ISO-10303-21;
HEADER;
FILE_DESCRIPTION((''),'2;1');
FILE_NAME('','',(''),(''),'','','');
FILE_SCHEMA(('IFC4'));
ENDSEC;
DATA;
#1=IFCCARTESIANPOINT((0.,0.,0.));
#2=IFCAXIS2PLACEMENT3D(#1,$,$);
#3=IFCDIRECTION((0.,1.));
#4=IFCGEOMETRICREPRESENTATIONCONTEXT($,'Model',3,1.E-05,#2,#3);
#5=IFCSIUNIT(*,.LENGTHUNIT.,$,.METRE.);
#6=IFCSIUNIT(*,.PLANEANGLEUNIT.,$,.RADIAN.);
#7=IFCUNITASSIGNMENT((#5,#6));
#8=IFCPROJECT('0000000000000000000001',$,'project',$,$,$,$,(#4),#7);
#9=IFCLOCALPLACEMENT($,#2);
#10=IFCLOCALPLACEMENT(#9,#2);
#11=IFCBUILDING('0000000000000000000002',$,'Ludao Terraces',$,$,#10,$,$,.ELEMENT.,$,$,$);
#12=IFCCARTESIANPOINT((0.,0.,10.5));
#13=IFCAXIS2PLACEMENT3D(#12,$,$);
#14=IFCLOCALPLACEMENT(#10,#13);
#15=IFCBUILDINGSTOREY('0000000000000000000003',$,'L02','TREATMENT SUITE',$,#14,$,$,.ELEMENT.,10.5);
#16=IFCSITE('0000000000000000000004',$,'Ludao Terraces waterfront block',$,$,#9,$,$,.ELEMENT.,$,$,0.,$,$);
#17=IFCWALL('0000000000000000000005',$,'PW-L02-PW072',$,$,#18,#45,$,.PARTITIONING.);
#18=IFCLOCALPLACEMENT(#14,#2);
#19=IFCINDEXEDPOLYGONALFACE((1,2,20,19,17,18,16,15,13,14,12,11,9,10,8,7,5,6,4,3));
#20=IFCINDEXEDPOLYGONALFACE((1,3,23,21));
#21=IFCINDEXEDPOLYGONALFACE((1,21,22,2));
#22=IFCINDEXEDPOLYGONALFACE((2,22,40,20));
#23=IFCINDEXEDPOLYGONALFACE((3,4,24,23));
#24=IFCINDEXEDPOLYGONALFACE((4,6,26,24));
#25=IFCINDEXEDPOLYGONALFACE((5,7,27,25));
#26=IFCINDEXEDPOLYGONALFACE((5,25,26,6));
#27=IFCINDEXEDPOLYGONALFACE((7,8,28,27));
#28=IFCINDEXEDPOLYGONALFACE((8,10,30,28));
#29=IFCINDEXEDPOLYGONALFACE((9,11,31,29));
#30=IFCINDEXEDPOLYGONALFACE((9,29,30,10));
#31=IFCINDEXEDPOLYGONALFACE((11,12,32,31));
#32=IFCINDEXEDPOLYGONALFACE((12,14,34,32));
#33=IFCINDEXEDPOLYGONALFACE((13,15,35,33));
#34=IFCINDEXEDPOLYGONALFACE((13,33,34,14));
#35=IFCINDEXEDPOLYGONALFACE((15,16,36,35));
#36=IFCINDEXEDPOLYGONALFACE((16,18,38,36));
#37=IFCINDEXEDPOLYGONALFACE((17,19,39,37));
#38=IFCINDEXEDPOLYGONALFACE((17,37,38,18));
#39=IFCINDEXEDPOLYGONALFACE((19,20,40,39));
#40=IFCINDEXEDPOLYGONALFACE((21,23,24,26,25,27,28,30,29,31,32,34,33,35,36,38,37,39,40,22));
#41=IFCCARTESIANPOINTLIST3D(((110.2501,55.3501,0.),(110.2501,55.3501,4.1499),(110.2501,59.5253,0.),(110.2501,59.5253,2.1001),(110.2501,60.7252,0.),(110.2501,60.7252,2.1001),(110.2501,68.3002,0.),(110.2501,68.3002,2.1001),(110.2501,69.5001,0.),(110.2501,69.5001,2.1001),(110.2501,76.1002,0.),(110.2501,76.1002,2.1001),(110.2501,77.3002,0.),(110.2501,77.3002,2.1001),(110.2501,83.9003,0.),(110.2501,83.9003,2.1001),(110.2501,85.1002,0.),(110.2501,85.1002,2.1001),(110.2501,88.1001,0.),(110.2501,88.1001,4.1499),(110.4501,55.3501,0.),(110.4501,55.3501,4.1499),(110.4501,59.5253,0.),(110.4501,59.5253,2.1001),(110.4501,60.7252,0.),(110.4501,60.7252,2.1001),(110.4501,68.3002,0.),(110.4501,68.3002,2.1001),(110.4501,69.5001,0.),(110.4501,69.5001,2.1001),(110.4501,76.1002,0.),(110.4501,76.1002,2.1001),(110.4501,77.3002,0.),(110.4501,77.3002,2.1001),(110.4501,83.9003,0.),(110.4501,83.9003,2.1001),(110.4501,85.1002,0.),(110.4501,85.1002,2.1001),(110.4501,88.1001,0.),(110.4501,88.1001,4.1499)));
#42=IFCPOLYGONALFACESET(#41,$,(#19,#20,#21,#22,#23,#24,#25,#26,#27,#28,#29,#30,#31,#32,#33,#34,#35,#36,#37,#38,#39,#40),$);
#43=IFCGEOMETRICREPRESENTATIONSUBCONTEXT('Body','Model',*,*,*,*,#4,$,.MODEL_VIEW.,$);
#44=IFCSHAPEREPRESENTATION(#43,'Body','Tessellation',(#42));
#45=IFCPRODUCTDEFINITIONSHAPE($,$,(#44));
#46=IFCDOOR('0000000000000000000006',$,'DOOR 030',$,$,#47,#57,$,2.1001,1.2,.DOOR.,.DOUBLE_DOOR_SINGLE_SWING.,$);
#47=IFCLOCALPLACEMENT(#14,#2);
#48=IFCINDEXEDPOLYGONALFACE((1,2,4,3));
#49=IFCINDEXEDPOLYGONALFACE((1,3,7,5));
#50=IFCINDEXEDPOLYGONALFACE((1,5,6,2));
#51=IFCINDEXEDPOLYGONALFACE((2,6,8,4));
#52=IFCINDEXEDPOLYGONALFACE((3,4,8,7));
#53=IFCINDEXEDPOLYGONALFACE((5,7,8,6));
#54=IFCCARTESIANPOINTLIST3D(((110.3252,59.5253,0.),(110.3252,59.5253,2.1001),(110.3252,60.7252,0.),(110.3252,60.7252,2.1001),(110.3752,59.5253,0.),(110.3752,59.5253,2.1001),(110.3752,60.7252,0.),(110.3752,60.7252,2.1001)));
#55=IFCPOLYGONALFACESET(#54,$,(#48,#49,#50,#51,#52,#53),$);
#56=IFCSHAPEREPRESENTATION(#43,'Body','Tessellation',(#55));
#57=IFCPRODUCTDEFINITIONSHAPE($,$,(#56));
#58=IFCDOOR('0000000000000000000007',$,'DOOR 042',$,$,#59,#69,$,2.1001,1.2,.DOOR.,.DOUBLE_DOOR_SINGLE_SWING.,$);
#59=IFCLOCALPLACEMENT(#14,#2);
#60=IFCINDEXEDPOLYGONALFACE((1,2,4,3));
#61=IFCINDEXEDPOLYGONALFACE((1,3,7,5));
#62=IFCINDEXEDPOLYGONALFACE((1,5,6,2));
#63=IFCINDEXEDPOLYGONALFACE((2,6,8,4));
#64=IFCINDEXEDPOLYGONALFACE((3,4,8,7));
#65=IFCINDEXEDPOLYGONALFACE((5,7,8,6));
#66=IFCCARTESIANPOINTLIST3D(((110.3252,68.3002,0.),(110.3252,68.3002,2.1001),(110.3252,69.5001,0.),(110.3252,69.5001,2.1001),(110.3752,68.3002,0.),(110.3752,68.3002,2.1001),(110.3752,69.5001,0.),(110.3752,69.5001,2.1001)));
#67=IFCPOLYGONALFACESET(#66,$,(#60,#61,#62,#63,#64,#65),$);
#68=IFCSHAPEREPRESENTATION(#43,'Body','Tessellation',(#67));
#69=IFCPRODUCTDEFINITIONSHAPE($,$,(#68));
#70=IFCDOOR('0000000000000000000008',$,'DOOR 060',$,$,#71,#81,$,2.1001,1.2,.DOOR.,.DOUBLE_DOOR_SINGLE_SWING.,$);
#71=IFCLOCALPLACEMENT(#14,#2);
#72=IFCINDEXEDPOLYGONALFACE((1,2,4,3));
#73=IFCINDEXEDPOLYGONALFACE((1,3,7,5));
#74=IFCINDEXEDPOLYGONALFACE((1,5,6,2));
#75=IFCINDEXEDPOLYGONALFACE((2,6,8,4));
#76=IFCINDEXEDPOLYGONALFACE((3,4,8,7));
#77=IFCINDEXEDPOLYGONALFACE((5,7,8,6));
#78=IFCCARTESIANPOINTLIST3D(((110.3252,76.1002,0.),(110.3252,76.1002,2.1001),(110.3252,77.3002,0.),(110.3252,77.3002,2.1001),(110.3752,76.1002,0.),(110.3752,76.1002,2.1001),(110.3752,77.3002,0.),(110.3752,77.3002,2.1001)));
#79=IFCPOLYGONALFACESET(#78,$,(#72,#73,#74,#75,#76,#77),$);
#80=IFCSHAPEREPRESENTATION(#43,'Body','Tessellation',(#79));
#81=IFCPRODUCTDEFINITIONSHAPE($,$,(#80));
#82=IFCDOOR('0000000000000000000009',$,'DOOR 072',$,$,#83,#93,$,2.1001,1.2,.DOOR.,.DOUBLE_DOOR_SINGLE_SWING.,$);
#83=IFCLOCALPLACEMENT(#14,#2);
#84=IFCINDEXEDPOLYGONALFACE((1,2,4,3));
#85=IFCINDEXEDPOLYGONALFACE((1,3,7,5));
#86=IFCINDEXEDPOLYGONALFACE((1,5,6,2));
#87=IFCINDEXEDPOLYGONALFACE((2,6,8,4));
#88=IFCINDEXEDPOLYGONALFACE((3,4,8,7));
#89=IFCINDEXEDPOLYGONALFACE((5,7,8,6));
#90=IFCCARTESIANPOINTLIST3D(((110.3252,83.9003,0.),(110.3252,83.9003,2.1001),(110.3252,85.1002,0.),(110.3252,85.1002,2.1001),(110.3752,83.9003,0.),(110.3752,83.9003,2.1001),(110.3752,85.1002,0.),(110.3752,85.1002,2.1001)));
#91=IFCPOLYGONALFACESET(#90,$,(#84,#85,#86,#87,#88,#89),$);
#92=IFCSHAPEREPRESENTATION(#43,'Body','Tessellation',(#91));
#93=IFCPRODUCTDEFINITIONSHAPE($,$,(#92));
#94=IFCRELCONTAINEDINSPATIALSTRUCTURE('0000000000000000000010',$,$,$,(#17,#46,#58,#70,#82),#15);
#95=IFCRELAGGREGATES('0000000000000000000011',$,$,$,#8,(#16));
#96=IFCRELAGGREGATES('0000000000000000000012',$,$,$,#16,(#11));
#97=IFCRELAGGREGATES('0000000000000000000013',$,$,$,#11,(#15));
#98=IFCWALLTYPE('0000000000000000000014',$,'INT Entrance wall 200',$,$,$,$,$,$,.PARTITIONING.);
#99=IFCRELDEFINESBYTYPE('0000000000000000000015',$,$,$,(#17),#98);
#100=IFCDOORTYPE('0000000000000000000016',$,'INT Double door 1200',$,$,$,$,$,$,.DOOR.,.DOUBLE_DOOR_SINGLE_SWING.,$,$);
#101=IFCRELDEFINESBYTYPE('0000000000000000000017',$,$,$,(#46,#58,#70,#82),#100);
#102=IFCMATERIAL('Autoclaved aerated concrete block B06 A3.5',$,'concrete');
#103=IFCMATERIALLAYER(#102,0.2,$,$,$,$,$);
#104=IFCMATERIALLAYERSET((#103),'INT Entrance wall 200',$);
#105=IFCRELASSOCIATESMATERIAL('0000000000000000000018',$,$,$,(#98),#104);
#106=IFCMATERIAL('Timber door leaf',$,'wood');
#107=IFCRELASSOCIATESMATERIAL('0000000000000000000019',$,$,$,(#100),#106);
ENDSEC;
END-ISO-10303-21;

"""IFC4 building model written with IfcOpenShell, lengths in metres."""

from ifc_helpers import new_model, si_unit, direction, frame, frame_2d, origin, place, context, subcontext, project, spatial, rectangle, extrude, material, layer, layer_set, type_object, element, fill, save


model = new_model("IFC4")

# Units and contexts
model_context = context("Model", 3, precision=1e-05, world=origin(), true_north=direction((0.0, 1.0)))
body_context = subcontext(model_context, "Body", "Model", "MODEL_VIEW")
ifc_project = project(units=[si_unit("LENGTHUNIT", "METRE"), si_unit("PLANEANGLEUNIT", "RADIAN")], contexts=[model_context])

# Site, building, storey
site_placement = place(None, origin())
site = spatial("IfcSite", under=ifc_project, at=site_placement, Name="Ludao Terraces waterfront block", CompositionType="ELEMENT", RefElevation=0.0)
building_placement = place(site_placement, origin())
building = spatial("IfcBuilding", under=site, at=building_placement, Name="Ludao Terraces", CompositionType="ELEMENT")
storey_placement = place(building_placement, frame((0.0, 0.0, 10.5)))
storey = spatial("IfcBuildingStorey", under=building, at=storey_placement, Name="L02", Description="TREATMENT SUITE", CompositionType="ELEMENT", Elevation=10.5)

# Shared definitions
ifc_material_1 = material(Name="Autoclaved aerated concrete block B06 A3.5", Category="concrete")
ifc_layer_1 = layer(ifc_material_1, 0.2)
ifc_layer_set_1 = layer_set([ifc_layer_1], Name="INT Entrance wall 200")
wall_type_1 = type_object("IfcWallType", Name="INT Entrance wall 200", PredefinedType="PARTITIONING", material=ifc_layer_set_1)

# Wall, openings, doors
wall_1_placement = place(storey_placement, frame((110.3501, 55.3501, 0.0), z_axis=(0.0, 0.0, 1.0), x_axis=(0.0, 1.0, 0.0)))
wall_1 = element("IfcWall", 1, at=wall_1_placement, inside=storey, type_object=wall_type_1, Name="PW-L02-PW072", PredefinedType="PARTITIONING", context=body_context, shape_type="SweptSolid", body=[
    extrude(rectangle(XDim=32.75, YDim=0.2, at=frame_2d((16.375, 0.0))), origin(), (0.0, 0.0, 1.0), 4.1499),
])
opening_1_placement = place(wall_1_placement, frame((4.175, 0.0, 0.0)))
opening_1 = element("IfcOpeningElement", 2, at=opening_1_placement, cuts=wall_1, PredefinedType="OPENING", context=body_context, shape_type="SweptSolid", body=[
    extrude(rectangle(XDim=1.2, YDim=2.1001, at=frame_2d((0.6001, 1.05))), frame((0.0, 0.1099, 0.0), z_axis=(0.0, -1.0, 0.0), x_axis=(1.0, 0.0, 0.0)), (0.0, 0.0, 1.0), 0.22),
])
opening_2_placement = place(wall_1_placement, frame((12.95, 0.0, 0.0)))
opening_2 = element("IfcOpeningElement", 3, at=opening_2_placement, cuts=wall_1, PredefinedType="OPENING", context=body_context, shape_type="SweptSolid", body=[
    extrude(rectangle(XDim=1.2, YDim=2.1001, at=frame_2d((0.6001, 1.05))), frame((0.0, 0.1099, 0.0), z_axis=(0.0, -1.0, 0.0), x_axis=(1.0, 0.0, 0.0)), (0.0, 0.0, 1.0), 0.22),
])
opening_3_placement = place(wall_1_placement, frame((20.75, 0.0, 0.0)))
opening_3 = element("IfcOpeningElement", 4, at=opening_3_placement, cuts=wall_1, PredefinedType="OPENING", context=body_context, shape_type="SweptSolid", body=[
    extrude(rectangle(XDim=1.2, YDim=2.1001, at=frame_2d((0.6001, 1.05))), frame((0.0, 0.1099, 0.0), z_axis=(0.0, -1.0, 0.0), x_axis=(1.0, 0.0, 0.0)), (0.0, 0.0, 1.0), 0.22),
])
opening_4_placement = place(wall_1_placement, frame((28.55, 0.0, 0.0)))
opening_4 = element("IfcOpeningElement", 5, at=opening_4_placement, cuts=wall_1, PredefinedType="OPENING", context=body_context, shape_type="SweptSolid", body=[
    extrude(rectangle(XDim=1.2, YDim=2.1001, at=frame_2d((0.6001, 1.05))), frame((0.0, 0.1099, 0.0), z_axis=(0.0, -1.0, 0.0), x_axis=(1.0, 0.0, 0.0)), (0.0, 0.0, 1.0), 0.22),
])
ifc_material_2 = material(Name="Timber door leaf", Category="wood")
door_type = type_object("IfcDoorType", Name="INT Double door 1200", OperationType="DOUBLE_DOOR_SINGLE_SWING", PredefinedType="DOOR", material=ifc_material_2)
door_1_placement = place(opening_1_placement, origin())
door_1 = element("IfcDoor", 6, at=door_1_placement, inside=storey, type_object=door_type, Name="DOOR 030", OperationType="DOUBLE_DOOR_SINGLE_SWING", OverallHeight=2.1001, OverallWidth=1.2, PredefinedType="DOOR", context=body_context, shape_type="SweptSolid", body=[
    extrude(rectangle(XDim=1.2, YDim=2.1001, at=frame_2d((0.6001, 1.05))), frame((0.0, 0.0249, 0.0), z_axis=(0.0, -1.0, 0.0), x_axis=(1.0, 0.0, 0.0)), (0.0, 0.0, 1.0), 0.05),
])
fill(opening_1, door_1)
door_2_placement = place(opening_2_placement, origin())
door_2 = element("IfcDoor", 7, at=door_2_placement, inside=storey, type_object=door_type, Name="DOOR 042", OperationType="DOUBLE_DOOR_SINGLE_SWING", OverallHeight=2.1001, OverallWidth=1.2, PredefinedType="DOOR", context=body_context, shape_type="SweptSolid", body=[
    extrude(rectangle(XDim=1.2, YDim=2.1001, at=frame_2d((0.6001, 1.05))), frame((0.0, 0.0249, 0.0), z_axis=(0.0, -1.0, 0.0), x_axis=(1.0, 0.0, 0.0)), (0.0, 0.0, 1.0), 0.05),
])
fill(opening_2, door_2)
door_3_placement = place(opening_3_placement, origin())
door_3 = element("IfcDoor", 8, at=door_3_placement, inside=storey, type_object=door_type, Name="DOOR 060", OperationType="DOUBLE_DOOR_SINGLE_SWING", OverallHeight=2.1001, OverallWidth=1.2, PredefinedType="DOOR", context=body_context, shape_type="SweptSolid", body=[
    extrude(rectangle(XDim=1.2, YDim=2.1001, at=frame_2d((0.6001, 1.05))), frame((0.0, 0.0249, 0.0), z_axis=(0.0, -1.0, 0.0), x_axis=(1.0, 0.0, 0.0)), (0.0, 0.0, 1.0), 0.05),
])
fill(opening_3, door_3)
door_4_placement = place(opening_4_placement, origin())
door_4 = element("IfcDoor", 9, at=door_4_placement, inside=storey, type_object=door_type, Name="DOOR 072", OperationType="DOUBLE_DOOR_SINGLE_SWING", OverallHeight=2.1001, OverallWidth=1.2, PredefinedType="DOOR", context=body_context, shape_type="SweptSolid", body=[
    extrude(rectangle(XDim=1.2, YDim=2.1001, at=frame_2d((0.6001, 1.05))), frame((0.0, 0.0249, 0.0), z_axis=(0.0, -1.0, 0.0), x_axis=(1.0, 0.0, 0.0)), (0.0, 0.0, 1.0), 0.05),
])
fill(opening_4, door_4)

save(model, "model.ifc")
